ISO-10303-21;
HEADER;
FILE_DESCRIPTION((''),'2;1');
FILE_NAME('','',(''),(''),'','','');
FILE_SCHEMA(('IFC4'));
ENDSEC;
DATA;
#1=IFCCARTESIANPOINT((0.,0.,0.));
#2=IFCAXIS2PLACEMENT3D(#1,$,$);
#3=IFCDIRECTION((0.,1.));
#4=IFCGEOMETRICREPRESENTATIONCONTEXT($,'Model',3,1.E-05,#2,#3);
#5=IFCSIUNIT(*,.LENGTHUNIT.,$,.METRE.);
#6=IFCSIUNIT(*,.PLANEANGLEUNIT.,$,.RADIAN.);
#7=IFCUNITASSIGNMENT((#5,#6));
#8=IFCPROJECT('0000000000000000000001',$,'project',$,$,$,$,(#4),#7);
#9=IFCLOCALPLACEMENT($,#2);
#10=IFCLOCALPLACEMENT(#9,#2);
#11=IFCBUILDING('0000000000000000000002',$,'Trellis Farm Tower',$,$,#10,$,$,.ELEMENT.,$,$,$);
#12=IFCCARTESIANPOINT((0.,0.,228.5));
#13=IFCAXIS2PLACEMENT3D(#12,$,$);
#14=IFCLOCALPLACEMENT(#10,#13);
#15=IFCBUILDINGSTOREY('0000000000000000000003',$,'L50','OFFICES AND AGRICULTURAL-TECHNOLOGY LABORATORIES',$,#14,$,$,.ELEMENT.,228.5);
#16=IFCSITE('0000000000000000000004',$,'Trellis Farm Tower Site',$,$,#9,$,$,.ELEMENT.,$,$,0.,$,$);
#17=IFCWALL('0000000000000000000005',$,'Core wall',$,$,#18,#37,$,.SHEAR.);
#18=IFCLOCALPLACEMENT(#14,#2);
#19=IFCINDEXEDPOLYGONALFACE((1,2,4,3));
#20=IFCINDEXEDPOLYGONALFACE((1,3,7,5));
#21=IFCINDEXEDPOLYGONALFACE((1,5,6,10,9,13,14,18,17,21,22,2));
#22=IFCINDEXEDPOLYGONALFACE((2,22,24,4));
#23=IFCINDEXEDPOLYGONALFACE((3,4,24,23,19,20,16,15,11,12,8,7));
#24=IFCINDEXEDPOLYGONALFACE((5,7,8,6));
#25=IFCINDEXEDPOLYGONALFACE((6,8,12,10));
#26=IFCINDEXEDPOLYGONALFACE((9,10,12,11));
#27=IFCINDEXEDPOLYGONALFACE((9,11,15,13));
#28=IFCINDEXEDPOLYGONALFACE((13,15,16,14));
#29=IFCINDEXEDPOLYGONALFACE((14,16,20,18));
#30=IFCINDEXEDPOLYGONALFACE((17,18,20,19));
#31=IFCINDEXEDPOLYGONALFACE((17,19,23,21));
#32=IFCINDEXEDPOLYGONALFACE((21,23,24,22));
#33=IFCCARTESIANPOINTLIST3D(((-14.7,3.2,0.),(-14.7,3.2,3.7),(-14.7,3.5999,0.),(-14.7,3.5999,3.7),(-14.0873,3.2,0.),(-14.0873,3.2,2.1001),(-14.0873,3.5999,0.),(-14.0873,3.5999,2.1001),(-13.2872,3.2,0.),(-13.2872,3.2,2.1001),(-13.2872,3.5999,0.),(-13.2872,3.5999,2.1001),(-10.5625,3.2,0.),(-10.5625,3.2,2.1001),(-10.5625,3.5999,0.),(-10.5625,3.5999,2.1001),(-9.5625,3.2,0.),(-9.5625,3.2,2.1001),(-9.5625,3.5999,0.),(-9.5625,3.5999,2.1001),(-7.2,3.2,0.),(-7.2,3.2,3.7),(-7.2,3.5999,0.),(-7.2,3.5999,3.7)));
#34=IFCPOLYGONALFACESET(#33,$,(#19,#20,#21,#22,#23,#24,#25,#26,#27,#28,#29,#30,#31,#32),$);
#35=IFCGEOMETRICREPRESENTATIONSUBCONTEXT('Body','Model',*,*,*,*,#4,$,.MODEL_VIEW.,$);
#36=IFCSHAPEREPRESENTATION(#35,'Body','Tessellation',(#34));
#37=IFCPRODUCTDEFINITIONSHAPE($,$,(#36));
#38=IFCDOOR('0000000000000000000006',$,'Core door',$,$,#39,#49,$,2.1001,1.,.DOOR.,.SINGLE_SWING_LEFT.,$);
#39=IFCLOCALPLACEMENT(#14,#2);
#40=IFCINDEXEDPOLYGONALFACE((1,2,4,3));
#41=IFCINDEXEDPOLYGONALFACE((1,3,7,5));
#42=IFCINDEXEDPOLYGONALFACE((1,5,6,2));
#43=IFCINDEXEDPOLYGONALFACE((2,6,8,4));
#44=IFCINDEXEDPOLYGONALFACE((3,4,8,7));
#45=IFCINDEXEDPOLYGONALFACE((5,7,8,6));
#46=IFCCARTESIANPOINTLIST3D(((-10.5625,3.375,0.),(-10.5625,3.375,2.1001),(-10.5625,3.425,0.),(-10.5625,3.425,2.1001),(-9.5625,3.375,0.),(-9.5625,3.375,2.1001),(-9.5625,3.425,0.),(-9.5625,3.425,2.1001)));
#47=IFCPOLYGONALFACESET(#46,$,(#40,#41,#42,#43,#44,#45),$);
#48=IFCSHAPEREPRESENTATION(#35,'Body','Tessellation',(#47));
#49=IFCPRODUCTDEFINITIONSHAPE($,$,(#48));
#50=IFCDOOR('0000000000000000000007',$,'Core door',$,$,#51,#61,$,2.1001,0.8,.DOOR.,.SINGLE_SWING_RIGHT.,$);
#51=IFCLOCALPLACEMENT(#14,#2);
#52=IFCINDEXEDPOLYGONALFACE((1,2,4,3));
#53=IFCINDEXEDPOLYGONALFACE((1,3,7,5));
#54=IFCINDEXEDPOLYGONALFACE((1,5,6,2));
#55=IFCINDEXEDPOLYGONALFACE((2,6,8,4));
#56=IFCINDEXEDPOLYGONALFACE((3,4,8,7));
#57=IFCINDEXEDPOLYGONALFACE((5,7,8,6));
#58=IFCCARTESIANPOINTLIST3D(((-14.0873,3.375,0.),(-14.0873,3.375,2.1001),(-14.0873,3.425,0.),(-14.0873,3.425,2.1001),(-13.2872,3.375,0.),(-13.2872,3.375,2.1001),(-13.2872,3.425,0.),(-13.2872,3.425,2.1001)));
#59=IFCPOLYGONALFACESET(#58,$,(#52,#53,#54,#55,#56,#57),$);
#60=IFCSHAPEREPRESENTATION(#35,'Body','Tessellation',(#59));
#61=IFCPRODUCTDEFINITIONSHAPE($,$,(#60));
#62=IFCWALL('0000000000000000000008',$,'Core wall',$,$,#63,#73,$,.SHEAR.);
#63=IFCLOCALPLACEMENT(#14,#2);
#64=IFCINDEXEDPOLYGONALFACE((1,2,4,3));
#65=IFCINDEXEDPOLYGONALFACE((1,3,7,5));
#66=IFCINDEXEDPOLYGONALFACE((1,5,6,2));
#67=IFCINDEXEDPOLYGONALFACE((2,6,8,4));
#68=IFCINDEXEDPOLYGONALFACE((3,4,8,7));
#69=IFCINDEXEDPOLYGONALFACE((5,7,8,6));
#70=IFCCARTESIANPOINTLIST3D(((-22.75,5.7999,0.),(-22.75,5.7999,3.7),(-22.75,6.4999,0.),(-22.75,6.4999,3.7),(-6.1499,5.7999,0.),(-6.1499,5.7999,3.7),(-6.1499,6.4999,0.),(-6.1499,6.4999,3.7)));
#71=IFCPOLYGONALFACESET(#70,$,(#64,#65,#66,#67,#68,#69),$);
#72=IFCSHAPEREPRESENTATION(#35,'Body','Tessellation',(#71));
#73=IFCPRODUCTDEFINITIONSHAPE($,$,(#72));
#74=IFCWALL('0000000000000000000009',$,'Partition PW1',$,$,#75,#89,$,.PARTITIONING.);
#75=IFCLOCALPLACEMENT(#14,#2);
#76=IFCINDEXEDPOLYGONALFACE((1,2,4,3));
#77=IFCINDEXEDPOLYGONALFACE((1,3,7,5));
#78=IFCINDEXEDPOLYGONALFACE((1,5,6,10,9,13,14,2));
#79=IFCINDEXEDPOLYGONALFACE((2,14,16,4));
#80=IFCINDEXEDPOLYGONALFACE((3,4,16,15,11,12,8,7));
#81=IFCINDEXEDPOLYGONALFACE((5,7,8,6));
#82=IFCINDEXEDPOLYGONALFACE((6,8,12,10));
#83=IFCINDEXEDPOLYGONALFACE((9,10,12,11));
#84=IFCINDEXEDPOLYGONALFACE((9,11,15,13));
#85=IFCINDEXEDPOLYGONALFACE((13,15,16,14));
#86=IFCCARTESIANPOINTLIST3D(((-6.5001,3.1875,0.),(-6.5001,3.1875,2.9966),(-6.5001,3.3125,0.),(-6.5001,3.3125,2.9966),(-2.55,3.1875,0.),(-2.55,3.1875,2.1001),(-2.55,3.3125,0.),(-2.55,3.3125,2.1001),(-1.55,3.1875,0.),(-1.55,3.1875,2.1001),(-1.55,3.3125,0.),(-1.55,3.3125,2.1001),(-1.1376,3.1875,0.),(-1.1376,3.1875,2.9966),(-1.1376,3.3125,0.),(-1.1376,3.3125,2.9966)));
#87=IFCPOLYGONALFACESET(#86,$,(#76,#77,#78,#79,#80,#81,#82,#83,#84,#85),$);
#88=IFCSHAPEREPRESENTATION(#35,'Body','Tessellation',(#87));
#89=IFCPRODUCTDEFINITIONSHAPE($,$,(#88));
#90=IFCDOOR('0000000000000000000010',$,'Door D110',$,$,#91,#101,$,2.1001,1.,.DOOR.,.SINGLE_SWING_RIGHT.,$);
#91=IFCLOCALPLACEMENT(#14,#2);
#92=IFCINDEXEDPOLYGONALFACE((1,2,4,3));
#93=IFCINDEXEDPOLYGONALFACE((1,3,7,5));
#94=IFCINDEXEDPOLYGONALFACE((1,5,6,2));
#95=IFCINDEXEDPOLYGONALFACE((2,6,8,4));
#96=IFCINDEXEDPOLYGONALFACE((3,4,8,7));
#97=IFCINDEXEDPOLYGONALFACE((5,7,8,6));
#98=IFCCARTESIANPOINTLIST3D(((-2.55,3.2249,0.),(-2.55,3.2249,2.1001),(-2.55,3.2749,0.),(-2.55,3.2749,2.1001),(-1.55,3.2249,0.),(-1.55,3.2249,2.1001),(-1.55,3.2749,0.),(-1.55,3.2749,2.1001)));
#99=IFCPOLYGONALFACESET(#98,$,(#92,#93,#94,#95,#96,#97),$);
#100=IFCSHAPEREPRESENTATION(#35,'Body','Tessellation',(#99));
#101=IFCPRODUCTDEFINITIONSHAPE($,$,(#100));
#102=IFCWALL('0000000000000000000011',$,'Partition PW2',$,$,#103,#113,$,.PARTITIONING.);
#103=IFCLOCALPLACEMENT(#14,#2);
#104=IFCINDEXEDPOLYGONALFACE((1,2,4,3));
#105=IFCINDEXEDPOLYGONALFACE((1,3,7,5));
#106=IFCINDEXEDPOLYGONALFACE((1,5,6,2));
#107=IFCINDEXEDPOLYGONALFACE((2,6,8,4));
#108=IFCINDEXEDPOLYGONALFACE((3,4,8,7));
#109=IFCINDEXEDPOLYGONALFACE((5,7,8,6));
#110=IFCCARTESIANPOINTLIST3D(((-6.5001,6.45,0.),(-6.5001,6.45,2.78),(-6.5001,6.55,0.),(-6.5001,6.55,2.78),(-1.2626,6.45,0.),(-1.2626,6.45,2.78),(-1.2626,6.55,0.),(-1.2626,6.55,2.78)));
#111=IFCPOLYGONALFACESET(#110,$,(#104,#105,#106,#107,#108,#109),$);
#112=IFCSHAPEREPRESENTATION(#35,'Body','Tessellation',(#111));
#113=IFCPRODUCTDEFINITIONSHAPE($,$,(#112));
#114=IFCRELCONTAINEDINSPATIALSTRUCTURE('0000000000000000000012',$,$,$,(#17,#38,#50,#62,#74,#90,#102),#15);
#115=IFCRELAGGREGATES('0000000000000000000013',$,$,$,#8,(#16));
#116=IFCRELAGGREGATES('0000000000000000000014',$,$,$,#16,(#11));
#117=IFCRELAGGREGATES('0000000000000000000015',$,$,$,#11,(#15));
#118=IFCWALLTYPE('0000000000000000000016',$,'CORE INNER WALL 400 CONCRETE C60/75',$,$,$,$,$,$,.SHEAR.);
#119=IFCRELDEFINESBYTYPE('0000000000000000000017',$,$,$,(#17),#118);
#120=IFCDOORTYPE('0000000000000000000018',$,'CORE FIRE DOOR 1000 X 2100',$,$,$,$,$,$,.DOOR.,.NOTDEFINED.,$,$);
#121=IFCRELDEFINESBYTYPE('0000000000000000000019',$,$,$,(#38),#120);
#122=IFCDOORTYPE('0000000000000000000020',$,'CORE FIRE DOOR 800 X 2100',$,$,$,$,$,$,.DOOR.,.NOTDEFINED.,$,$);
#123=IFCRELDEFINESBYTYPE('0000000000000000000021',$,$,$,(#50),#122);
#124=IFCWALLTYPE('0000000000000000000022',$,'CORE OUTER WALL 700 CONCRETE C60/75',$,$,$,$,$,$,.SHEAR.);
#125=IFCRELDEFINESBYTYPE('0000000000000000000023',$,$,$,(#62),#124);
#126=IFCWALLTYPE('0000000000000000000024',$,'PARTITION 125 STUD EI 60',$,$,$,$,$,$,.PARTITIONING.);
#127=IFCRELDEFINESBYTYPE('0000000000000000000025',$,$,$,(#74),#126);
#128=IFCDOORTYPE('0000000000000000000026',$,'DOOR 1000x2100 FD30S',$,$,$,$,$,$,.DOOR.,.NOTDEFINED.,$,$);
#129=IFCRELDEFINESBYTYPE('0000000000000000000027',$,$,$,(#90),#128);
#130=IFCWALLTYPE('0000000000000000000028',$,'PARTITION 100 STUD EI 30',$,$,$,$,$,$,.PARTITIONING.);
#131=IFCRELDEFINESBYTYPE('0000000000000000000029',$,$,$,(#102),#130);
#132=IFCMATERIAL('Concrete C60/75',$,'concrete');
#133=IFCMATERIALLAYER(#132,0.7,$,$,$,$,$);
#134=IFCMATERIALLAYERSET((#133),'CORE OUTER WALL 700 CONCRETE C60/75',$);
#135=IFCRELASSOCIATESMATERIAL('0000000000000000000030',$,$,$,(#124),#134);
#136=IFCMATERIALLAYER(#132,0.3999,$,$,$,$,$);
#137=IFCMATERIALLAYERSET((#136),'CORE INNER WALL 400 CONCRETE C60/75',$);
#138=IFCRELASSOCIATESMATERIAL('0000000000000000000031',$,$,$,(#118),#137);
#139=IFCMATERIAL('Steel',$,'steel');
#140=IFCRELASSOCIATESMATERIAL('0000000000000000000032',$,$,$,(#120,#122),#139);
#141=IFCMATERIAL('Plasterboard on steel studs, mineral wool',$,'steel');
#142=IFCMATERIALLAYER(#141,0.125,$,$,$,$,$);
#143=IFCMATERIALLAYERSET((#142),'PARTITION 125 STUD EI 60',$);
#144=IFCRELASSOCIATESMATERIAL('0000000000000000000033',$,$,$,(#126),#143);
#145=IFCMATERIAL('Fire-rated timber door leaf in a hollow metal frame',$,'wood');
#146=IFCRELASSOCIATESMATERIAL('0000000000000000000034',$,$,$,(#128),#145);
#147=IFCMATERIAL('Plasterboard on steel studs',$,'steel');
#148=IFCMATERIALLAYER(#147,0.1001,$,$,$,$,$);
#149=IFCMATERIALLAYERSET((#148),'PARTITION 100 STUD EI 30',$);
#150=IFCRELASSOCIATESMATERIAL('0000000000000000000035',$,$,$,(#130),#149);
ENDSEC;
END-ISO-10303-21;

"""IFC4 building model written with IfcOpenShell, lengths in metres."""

from ifc_helpers import new_model, si_unit, direction, frame, frame_2d, origin, place, context, subcontext, project, spatial, rectangle, extrude, source, transform, mapped, material, layer, layer_set, type_object, element, fill, save


model = new_model("IFC4")

# Units and contexts
model_context = context("Model", 3, precision=1e-05, world=origin(), true_north=direction((0.0, 1.0)))
body_context = subcontext(model_context, "Body", "Model", "MODEL_VIEW")
ifc_project = project(units=[si_unit("LENGTHUNIT", "METRE"), si_unit("PLANEANGLEUNIT", "RADIAN")], contexts=[model_context])

# Site, building, storey
site_placement = place(None, origin())
site = spatial("IfcSite", under=ifc_project, at=site_placement, Name="Trellis Farm Tower Site", CompositionType="ELEMENT", RefElevation=0.0)
building_placement = place(site_placement, origin())
building = spatial("IfcBuilding", under=site, at=building_placement, Name="Trellis Farm Tower", CompositionType="ELEMENT")
storey_placement = place(building_placement, frame((0.0, 0.0, 228.5)))
storey = spatial("IfcBuildingStorey", under=building, at=storey_placement, Name="L50", Description="OFFICES AND AGRICULTURAL-TECHNOLOGY LABORATORIES", CompositionType="ELEMENT", Elevation=228.5)

# Shared definitions
ifc_material_1 = material(Name="Concrete C60/75", Category="concrete")

# Shared definitions
ifc_layer_1 = layer(ifc_material_1, 0.7)
ifc_layer_set_1 = layer_set([ifc_layer_1], Name="CORE OUTER WALL 700 CONCRETE C60/75")
wall_type_1 = type_object("IfcWallType", Name="CORE OUTER WALL 700 CONCRETE C60/75", PredefinedType="SHEAR", material=ifc_layer_set_1)
ifc_material_2 = material(Name="Steel", Category="steel")

# Wall, openings, doors
ifc_layer_2 = layer(ifc_material_1, 0.3999)
ifc_layer_set_2 = layer_set([ifc_layer_2], Name="CORE INNER WALL 400 CONCRETE C60/75")
wall_type_2 = type_object("IfcWallType", Name="CORE INNER WALL 400 CONCRETE C60/75", PredefinedType="SHEAR", material=ifc_layer_set_2)
shared_shape_1 = source(origin(), body_context, "Body", "SweptSolid", [
    extrude(rectangle(XDim=7.5, YDim=0.3999, at=frame_2d((3.75, 0.0))), origin(), (0.0, 0.0, 1.0), 3.7),
])
wall_1_placement = place(storey_placement, frame((-7.2, 3.3999, 0.0), z_axis=(0.0, 0.0, 1.0), x_axis=(-1.0, 0.0, 0.0)))
wall_1 = element("IfcWall", 1, at=wall_1_placement, inside=storey, type_object=wall_type_2, Name="Core wall", PredefinedType="SHEAR", context=body_context, shape_type="MappedRepresentation", body=[
    mapped(shared_shape_1, transform((0.0, 0.0, 0.0))),
])
shared_shape_2 = source(origin(), body_context, "Body", "SweptSolid", [
    extrude(rectangle(XDim=1.0, YDim=2.1001, at=frame_2d((0.5, 1.05))), frame((0.0, 0.21, 0.0), z_axis=(0.0, -1.0, 0.0), x_axis=(1.0, 0.0, 0.0)), (0.0, 0.0, 1.0), 0.4199),
])
opening_1_placement = place(wall_1_placement, frame((2.3625, 0.0, 0.0)))
opening_1 = element("IfcOpeningElement", 2, at=opening_1_placement, cuts=wall_1, PredefinedType="OPENING", context=body_context, shape_type="MappedRepresentation", body=[
    mapped(shared_shape_2, transform((0.0, 0.0, 0.0))),
])
shared_shape_3 = source(origin(), body_context, "Body", "SweptSolid", [
    extrude(rectangle(XDim=0.8, YDim=2.1001, at=frame_2d((0.3999, 1.05))), frame((0.0, 0.21, 0.0), z_axis=(0.0, -1.0, 0.0), x_axis=(1.0, 0.0, 0.0)), (0.0, 0.0, 1.0), 0.4199),
])
opening_2_placement = place(wall_1_placement, frame((6.0874, 0.0, 0.0)))
opening_2 = element("IfcOpeningElement", 3, at=opening_2_placement, cuts=wall_1, PredefinedType="OPENING", context=body_context, shape_type="MappedRepresentation", body=[
    mapped(shared_shape_3, transform((0.0, 0.0, 0.0))),
])
door_type_1 = type_object("IfcDoorType", Name="CORE FIRE DOOR 1000 X 2100", OperationType="NOTDEFINED", PredefinedType="DOOR", material=ifc_material_2)
shared_shape_4 = source(origin(), body_context, "Body", "SweptSolid", [
    extrude(rectangle(XDim=1.0, YDim=2.1001, at=frame_2d((0.5, 1.05))), frame((0.0, 0.0249, 0.0), z_axis=(0.0, -1.0, 0.0), x_axis=(1.0, 0.0, 0.0)), (0.0, 0.0, 1.0), 0.05),
])
door_1_placement = place(opening_1_placement, origin())
door_1 = element("IfcDoor", 4, at=door_1_placement, inside=storey, type_object=door_type_1, Name="Core door", OperationType="SINGLE_SWING_LEFT", OverallHeight=2.1001, OverallWidth=1.0, PredefinedType="DOOR", context=body_context, shape_type="MappedRepresentation", body=[
    mapped(shared_shape_4, transform((0.0, 0.0, 0.0))),
])
fill(opening_1, door_1)
door_type_2 = type_object("IfcDoorType", Name="CORE FIRE DOOR 800 X 2100", OperationType="NOTDEFINED", PredefinedType="DOOR", material=ifc_material_2)
shared_shape_5 = source(origin(), body_context, "Body", "SweptSolid", [
    extrude(rectangle(XDim=0.8, YDim=2.1001, at=frame_2d((0.3999, 1.05))), frame((0.0, 0.0249, 0.0), z_axis=(0.0, -1.0, 0.0), x_axis=(1.0, 0.0, 0.0)), (0.0, 0.0, 1.0), 0.05),
])
door_2_placement = place(opening_2_placement, origin())
door_2 = element("IfcDoor", 5, at=door_2_placement, inside=storey, type_object=door_type_2, Name="Core door", OperationType="SINGLE_SWING_RIGHT", OverallHeight=2.1001, OverallWidth=0.8, PredefinedType="DOOR", context=body_context, shape_type="MappedRepresentation", body=[
    mapped(shared_shape_5, transform((0.0, 0.0, 0.0))),
])
fill(opening_2, door_2)

# Wall
shared_shape_6 = source(origin(), body_context, "Body", "SweptSolid", [
    extrude(rectangle(XDim=16.6001, YDim=0.7, at=frame_2d((8.3, 0.0))), origin(), (0.0, 0.0, 1.0), 3.7),
])
wall_2_placement = place(storey_placement, frame((-6.1499, 6.1499, 0.0), z_axis=(0.0, 0.0, 1.0), x_axis=(-1.0, 0.0, 0.0)))
element("IfcWall", 6, at=wall_2_placement, inside=storey, type_object=wall_type_1, Name="Core wall", PredefinedType="SHEAR", context=body_context, shape_type="MappedRepresentation", body=[
    mapped(shared_shape_6, transform((0.0, 0.0, 0.0))),
])

# Wall, opening, door
ifc_material_3 = material(Name="Plasterboard on steel studs, mineral wool", Category="steel")
ifc_layer_3 = layer(ifc_material_3, 0.125)
ifc_layer_set_3 = layer_set([ifc_layer_3], Name="PARTITION 125 STUD EI 60")
wall_type_3 = type_object("IfcWallType", Name="PARTITION 125 STUD EI 60", PredefinedType="PARTITIONING", material=ifc_layer_set_3)
shared_shape_7 = source(origin(), body_context, "Body", "SweptSolid", [
    extrude(rectangle(XDim=5.3625, YDim=0.125, at=frame_2d((2.6812, 0.0))), origin(), (0.0, 0.0, 1.0), 2.9966),
])
wall_3_placement = place(storey_placement, frame((-6.5, 3.25, 0.0), z_axis=(0.0, 0.0, 1.0), x_axis=(1.0, 0.0, 0.0)))
wall_3 = element("IfcWall", 7, at=wall_3_placement, inside=storey, type_object=wall_type_3, Name="Partition PW1", PredefinedType="PARTITIONING", context=body_context, shape_type="MappedRepresentation", body=[
    mapped(shared_shape_7, transform((0.0, 0.0, 0.0))),
])
shared_shape_8 = source(origin(), body_context, "Body", "SweptSolid", [
    extrude(rectangle(XDim=1.0, YDim=2.1001, at=frame_2d((0.5, 1.05))), frame((0.0, 0.0725, 0.0), z_axis=(0.0, -1.0, 0.0), x_axis=(1.0, 0.0, 0.0)), (0.0, 0.0, 1.0), 0.145),
])
opening_3_placement = place(wall_3_placement, frame((3.95, 0.0, 0.0)))
opening_3 = element("IfcOpeningElement", 8, at=opening_3_placement, cuts=wall_3, PredefinedType="OPENING", context=body_context, shape_type="MappedRepresentation", body=[
    mapped(shared_shape_8, transform((0.0, 0.0, 0.0))),
])
ifc_material_4 = material(Name="Fire-rated timber door leaf in a hollow metal frame", Category="wood")
door_type_3 = type_object("IfcDoorType", Name="DOOR 1000x2100 FD30S", OperationType="NOTDEFINED", PredefinedType="DOOR", material=ifc_material_4)
door_3_placement = place(opening_3_placement, origin())
door_3 = element("IfcDoor", 9, at=door_3_placement, inside=storey, type_object=door_type_3, Name="Door D110", OperationType="SINGLE_SWING_RIGHT", OverallHeight=2.1001, OverallWidth=1.0, PredefinedType="DOOR", context=body_context, shape_type="MappedRepresentation", body=[
    mapped(shared_shape_4, transform((0.0, 0.0, 0.0))),
])
fill(opening_3, door_3)

# Wall
ifc_material_5 = material(Name="Plasterboard on steel studs", Category="steel")
ifc_layer_4 = layer(ifc_material_5, 0.1001)
ifc_layer_set_4 = layer_set([ifc_layer_4], Name="PARTITION 100 STUD EI 30")
wall_type_4 = type_object("IfcWallType", Name="PARTITION 100 STUD EI 30", PredefinedType="PARTITIONING", material=ifc_layer_set_4)
shared_shape_9 = source(origin(), body_context, "Body", "SweptSolid", [
    extrude(rectangle(XDim=5.2375, YDim=0.1001, at=frame_2d((2.6187, 0.0))), origin(), (0.0, 0.0, 1.0), 2.78),
])
wall_4_placement = place(storey_placement, frame((-6.5, 6.5, 0.0), z_axis=(0.0, 0.0, 1.0), x_axis=(1.0, 0.0, 0.0)))
element("IfcWall", 10, at=wall_4_placement, inside=storey, type_object=wall_type_4, Name="Partition PW2", PredefinedType="PARTITIONING", context=body_context, shape_type="MappedRepresentation", body=[
    mapped(shared_shape_9, transform((0.0, 0.0, 0.0))),
])

save(model, "model.ifc")
